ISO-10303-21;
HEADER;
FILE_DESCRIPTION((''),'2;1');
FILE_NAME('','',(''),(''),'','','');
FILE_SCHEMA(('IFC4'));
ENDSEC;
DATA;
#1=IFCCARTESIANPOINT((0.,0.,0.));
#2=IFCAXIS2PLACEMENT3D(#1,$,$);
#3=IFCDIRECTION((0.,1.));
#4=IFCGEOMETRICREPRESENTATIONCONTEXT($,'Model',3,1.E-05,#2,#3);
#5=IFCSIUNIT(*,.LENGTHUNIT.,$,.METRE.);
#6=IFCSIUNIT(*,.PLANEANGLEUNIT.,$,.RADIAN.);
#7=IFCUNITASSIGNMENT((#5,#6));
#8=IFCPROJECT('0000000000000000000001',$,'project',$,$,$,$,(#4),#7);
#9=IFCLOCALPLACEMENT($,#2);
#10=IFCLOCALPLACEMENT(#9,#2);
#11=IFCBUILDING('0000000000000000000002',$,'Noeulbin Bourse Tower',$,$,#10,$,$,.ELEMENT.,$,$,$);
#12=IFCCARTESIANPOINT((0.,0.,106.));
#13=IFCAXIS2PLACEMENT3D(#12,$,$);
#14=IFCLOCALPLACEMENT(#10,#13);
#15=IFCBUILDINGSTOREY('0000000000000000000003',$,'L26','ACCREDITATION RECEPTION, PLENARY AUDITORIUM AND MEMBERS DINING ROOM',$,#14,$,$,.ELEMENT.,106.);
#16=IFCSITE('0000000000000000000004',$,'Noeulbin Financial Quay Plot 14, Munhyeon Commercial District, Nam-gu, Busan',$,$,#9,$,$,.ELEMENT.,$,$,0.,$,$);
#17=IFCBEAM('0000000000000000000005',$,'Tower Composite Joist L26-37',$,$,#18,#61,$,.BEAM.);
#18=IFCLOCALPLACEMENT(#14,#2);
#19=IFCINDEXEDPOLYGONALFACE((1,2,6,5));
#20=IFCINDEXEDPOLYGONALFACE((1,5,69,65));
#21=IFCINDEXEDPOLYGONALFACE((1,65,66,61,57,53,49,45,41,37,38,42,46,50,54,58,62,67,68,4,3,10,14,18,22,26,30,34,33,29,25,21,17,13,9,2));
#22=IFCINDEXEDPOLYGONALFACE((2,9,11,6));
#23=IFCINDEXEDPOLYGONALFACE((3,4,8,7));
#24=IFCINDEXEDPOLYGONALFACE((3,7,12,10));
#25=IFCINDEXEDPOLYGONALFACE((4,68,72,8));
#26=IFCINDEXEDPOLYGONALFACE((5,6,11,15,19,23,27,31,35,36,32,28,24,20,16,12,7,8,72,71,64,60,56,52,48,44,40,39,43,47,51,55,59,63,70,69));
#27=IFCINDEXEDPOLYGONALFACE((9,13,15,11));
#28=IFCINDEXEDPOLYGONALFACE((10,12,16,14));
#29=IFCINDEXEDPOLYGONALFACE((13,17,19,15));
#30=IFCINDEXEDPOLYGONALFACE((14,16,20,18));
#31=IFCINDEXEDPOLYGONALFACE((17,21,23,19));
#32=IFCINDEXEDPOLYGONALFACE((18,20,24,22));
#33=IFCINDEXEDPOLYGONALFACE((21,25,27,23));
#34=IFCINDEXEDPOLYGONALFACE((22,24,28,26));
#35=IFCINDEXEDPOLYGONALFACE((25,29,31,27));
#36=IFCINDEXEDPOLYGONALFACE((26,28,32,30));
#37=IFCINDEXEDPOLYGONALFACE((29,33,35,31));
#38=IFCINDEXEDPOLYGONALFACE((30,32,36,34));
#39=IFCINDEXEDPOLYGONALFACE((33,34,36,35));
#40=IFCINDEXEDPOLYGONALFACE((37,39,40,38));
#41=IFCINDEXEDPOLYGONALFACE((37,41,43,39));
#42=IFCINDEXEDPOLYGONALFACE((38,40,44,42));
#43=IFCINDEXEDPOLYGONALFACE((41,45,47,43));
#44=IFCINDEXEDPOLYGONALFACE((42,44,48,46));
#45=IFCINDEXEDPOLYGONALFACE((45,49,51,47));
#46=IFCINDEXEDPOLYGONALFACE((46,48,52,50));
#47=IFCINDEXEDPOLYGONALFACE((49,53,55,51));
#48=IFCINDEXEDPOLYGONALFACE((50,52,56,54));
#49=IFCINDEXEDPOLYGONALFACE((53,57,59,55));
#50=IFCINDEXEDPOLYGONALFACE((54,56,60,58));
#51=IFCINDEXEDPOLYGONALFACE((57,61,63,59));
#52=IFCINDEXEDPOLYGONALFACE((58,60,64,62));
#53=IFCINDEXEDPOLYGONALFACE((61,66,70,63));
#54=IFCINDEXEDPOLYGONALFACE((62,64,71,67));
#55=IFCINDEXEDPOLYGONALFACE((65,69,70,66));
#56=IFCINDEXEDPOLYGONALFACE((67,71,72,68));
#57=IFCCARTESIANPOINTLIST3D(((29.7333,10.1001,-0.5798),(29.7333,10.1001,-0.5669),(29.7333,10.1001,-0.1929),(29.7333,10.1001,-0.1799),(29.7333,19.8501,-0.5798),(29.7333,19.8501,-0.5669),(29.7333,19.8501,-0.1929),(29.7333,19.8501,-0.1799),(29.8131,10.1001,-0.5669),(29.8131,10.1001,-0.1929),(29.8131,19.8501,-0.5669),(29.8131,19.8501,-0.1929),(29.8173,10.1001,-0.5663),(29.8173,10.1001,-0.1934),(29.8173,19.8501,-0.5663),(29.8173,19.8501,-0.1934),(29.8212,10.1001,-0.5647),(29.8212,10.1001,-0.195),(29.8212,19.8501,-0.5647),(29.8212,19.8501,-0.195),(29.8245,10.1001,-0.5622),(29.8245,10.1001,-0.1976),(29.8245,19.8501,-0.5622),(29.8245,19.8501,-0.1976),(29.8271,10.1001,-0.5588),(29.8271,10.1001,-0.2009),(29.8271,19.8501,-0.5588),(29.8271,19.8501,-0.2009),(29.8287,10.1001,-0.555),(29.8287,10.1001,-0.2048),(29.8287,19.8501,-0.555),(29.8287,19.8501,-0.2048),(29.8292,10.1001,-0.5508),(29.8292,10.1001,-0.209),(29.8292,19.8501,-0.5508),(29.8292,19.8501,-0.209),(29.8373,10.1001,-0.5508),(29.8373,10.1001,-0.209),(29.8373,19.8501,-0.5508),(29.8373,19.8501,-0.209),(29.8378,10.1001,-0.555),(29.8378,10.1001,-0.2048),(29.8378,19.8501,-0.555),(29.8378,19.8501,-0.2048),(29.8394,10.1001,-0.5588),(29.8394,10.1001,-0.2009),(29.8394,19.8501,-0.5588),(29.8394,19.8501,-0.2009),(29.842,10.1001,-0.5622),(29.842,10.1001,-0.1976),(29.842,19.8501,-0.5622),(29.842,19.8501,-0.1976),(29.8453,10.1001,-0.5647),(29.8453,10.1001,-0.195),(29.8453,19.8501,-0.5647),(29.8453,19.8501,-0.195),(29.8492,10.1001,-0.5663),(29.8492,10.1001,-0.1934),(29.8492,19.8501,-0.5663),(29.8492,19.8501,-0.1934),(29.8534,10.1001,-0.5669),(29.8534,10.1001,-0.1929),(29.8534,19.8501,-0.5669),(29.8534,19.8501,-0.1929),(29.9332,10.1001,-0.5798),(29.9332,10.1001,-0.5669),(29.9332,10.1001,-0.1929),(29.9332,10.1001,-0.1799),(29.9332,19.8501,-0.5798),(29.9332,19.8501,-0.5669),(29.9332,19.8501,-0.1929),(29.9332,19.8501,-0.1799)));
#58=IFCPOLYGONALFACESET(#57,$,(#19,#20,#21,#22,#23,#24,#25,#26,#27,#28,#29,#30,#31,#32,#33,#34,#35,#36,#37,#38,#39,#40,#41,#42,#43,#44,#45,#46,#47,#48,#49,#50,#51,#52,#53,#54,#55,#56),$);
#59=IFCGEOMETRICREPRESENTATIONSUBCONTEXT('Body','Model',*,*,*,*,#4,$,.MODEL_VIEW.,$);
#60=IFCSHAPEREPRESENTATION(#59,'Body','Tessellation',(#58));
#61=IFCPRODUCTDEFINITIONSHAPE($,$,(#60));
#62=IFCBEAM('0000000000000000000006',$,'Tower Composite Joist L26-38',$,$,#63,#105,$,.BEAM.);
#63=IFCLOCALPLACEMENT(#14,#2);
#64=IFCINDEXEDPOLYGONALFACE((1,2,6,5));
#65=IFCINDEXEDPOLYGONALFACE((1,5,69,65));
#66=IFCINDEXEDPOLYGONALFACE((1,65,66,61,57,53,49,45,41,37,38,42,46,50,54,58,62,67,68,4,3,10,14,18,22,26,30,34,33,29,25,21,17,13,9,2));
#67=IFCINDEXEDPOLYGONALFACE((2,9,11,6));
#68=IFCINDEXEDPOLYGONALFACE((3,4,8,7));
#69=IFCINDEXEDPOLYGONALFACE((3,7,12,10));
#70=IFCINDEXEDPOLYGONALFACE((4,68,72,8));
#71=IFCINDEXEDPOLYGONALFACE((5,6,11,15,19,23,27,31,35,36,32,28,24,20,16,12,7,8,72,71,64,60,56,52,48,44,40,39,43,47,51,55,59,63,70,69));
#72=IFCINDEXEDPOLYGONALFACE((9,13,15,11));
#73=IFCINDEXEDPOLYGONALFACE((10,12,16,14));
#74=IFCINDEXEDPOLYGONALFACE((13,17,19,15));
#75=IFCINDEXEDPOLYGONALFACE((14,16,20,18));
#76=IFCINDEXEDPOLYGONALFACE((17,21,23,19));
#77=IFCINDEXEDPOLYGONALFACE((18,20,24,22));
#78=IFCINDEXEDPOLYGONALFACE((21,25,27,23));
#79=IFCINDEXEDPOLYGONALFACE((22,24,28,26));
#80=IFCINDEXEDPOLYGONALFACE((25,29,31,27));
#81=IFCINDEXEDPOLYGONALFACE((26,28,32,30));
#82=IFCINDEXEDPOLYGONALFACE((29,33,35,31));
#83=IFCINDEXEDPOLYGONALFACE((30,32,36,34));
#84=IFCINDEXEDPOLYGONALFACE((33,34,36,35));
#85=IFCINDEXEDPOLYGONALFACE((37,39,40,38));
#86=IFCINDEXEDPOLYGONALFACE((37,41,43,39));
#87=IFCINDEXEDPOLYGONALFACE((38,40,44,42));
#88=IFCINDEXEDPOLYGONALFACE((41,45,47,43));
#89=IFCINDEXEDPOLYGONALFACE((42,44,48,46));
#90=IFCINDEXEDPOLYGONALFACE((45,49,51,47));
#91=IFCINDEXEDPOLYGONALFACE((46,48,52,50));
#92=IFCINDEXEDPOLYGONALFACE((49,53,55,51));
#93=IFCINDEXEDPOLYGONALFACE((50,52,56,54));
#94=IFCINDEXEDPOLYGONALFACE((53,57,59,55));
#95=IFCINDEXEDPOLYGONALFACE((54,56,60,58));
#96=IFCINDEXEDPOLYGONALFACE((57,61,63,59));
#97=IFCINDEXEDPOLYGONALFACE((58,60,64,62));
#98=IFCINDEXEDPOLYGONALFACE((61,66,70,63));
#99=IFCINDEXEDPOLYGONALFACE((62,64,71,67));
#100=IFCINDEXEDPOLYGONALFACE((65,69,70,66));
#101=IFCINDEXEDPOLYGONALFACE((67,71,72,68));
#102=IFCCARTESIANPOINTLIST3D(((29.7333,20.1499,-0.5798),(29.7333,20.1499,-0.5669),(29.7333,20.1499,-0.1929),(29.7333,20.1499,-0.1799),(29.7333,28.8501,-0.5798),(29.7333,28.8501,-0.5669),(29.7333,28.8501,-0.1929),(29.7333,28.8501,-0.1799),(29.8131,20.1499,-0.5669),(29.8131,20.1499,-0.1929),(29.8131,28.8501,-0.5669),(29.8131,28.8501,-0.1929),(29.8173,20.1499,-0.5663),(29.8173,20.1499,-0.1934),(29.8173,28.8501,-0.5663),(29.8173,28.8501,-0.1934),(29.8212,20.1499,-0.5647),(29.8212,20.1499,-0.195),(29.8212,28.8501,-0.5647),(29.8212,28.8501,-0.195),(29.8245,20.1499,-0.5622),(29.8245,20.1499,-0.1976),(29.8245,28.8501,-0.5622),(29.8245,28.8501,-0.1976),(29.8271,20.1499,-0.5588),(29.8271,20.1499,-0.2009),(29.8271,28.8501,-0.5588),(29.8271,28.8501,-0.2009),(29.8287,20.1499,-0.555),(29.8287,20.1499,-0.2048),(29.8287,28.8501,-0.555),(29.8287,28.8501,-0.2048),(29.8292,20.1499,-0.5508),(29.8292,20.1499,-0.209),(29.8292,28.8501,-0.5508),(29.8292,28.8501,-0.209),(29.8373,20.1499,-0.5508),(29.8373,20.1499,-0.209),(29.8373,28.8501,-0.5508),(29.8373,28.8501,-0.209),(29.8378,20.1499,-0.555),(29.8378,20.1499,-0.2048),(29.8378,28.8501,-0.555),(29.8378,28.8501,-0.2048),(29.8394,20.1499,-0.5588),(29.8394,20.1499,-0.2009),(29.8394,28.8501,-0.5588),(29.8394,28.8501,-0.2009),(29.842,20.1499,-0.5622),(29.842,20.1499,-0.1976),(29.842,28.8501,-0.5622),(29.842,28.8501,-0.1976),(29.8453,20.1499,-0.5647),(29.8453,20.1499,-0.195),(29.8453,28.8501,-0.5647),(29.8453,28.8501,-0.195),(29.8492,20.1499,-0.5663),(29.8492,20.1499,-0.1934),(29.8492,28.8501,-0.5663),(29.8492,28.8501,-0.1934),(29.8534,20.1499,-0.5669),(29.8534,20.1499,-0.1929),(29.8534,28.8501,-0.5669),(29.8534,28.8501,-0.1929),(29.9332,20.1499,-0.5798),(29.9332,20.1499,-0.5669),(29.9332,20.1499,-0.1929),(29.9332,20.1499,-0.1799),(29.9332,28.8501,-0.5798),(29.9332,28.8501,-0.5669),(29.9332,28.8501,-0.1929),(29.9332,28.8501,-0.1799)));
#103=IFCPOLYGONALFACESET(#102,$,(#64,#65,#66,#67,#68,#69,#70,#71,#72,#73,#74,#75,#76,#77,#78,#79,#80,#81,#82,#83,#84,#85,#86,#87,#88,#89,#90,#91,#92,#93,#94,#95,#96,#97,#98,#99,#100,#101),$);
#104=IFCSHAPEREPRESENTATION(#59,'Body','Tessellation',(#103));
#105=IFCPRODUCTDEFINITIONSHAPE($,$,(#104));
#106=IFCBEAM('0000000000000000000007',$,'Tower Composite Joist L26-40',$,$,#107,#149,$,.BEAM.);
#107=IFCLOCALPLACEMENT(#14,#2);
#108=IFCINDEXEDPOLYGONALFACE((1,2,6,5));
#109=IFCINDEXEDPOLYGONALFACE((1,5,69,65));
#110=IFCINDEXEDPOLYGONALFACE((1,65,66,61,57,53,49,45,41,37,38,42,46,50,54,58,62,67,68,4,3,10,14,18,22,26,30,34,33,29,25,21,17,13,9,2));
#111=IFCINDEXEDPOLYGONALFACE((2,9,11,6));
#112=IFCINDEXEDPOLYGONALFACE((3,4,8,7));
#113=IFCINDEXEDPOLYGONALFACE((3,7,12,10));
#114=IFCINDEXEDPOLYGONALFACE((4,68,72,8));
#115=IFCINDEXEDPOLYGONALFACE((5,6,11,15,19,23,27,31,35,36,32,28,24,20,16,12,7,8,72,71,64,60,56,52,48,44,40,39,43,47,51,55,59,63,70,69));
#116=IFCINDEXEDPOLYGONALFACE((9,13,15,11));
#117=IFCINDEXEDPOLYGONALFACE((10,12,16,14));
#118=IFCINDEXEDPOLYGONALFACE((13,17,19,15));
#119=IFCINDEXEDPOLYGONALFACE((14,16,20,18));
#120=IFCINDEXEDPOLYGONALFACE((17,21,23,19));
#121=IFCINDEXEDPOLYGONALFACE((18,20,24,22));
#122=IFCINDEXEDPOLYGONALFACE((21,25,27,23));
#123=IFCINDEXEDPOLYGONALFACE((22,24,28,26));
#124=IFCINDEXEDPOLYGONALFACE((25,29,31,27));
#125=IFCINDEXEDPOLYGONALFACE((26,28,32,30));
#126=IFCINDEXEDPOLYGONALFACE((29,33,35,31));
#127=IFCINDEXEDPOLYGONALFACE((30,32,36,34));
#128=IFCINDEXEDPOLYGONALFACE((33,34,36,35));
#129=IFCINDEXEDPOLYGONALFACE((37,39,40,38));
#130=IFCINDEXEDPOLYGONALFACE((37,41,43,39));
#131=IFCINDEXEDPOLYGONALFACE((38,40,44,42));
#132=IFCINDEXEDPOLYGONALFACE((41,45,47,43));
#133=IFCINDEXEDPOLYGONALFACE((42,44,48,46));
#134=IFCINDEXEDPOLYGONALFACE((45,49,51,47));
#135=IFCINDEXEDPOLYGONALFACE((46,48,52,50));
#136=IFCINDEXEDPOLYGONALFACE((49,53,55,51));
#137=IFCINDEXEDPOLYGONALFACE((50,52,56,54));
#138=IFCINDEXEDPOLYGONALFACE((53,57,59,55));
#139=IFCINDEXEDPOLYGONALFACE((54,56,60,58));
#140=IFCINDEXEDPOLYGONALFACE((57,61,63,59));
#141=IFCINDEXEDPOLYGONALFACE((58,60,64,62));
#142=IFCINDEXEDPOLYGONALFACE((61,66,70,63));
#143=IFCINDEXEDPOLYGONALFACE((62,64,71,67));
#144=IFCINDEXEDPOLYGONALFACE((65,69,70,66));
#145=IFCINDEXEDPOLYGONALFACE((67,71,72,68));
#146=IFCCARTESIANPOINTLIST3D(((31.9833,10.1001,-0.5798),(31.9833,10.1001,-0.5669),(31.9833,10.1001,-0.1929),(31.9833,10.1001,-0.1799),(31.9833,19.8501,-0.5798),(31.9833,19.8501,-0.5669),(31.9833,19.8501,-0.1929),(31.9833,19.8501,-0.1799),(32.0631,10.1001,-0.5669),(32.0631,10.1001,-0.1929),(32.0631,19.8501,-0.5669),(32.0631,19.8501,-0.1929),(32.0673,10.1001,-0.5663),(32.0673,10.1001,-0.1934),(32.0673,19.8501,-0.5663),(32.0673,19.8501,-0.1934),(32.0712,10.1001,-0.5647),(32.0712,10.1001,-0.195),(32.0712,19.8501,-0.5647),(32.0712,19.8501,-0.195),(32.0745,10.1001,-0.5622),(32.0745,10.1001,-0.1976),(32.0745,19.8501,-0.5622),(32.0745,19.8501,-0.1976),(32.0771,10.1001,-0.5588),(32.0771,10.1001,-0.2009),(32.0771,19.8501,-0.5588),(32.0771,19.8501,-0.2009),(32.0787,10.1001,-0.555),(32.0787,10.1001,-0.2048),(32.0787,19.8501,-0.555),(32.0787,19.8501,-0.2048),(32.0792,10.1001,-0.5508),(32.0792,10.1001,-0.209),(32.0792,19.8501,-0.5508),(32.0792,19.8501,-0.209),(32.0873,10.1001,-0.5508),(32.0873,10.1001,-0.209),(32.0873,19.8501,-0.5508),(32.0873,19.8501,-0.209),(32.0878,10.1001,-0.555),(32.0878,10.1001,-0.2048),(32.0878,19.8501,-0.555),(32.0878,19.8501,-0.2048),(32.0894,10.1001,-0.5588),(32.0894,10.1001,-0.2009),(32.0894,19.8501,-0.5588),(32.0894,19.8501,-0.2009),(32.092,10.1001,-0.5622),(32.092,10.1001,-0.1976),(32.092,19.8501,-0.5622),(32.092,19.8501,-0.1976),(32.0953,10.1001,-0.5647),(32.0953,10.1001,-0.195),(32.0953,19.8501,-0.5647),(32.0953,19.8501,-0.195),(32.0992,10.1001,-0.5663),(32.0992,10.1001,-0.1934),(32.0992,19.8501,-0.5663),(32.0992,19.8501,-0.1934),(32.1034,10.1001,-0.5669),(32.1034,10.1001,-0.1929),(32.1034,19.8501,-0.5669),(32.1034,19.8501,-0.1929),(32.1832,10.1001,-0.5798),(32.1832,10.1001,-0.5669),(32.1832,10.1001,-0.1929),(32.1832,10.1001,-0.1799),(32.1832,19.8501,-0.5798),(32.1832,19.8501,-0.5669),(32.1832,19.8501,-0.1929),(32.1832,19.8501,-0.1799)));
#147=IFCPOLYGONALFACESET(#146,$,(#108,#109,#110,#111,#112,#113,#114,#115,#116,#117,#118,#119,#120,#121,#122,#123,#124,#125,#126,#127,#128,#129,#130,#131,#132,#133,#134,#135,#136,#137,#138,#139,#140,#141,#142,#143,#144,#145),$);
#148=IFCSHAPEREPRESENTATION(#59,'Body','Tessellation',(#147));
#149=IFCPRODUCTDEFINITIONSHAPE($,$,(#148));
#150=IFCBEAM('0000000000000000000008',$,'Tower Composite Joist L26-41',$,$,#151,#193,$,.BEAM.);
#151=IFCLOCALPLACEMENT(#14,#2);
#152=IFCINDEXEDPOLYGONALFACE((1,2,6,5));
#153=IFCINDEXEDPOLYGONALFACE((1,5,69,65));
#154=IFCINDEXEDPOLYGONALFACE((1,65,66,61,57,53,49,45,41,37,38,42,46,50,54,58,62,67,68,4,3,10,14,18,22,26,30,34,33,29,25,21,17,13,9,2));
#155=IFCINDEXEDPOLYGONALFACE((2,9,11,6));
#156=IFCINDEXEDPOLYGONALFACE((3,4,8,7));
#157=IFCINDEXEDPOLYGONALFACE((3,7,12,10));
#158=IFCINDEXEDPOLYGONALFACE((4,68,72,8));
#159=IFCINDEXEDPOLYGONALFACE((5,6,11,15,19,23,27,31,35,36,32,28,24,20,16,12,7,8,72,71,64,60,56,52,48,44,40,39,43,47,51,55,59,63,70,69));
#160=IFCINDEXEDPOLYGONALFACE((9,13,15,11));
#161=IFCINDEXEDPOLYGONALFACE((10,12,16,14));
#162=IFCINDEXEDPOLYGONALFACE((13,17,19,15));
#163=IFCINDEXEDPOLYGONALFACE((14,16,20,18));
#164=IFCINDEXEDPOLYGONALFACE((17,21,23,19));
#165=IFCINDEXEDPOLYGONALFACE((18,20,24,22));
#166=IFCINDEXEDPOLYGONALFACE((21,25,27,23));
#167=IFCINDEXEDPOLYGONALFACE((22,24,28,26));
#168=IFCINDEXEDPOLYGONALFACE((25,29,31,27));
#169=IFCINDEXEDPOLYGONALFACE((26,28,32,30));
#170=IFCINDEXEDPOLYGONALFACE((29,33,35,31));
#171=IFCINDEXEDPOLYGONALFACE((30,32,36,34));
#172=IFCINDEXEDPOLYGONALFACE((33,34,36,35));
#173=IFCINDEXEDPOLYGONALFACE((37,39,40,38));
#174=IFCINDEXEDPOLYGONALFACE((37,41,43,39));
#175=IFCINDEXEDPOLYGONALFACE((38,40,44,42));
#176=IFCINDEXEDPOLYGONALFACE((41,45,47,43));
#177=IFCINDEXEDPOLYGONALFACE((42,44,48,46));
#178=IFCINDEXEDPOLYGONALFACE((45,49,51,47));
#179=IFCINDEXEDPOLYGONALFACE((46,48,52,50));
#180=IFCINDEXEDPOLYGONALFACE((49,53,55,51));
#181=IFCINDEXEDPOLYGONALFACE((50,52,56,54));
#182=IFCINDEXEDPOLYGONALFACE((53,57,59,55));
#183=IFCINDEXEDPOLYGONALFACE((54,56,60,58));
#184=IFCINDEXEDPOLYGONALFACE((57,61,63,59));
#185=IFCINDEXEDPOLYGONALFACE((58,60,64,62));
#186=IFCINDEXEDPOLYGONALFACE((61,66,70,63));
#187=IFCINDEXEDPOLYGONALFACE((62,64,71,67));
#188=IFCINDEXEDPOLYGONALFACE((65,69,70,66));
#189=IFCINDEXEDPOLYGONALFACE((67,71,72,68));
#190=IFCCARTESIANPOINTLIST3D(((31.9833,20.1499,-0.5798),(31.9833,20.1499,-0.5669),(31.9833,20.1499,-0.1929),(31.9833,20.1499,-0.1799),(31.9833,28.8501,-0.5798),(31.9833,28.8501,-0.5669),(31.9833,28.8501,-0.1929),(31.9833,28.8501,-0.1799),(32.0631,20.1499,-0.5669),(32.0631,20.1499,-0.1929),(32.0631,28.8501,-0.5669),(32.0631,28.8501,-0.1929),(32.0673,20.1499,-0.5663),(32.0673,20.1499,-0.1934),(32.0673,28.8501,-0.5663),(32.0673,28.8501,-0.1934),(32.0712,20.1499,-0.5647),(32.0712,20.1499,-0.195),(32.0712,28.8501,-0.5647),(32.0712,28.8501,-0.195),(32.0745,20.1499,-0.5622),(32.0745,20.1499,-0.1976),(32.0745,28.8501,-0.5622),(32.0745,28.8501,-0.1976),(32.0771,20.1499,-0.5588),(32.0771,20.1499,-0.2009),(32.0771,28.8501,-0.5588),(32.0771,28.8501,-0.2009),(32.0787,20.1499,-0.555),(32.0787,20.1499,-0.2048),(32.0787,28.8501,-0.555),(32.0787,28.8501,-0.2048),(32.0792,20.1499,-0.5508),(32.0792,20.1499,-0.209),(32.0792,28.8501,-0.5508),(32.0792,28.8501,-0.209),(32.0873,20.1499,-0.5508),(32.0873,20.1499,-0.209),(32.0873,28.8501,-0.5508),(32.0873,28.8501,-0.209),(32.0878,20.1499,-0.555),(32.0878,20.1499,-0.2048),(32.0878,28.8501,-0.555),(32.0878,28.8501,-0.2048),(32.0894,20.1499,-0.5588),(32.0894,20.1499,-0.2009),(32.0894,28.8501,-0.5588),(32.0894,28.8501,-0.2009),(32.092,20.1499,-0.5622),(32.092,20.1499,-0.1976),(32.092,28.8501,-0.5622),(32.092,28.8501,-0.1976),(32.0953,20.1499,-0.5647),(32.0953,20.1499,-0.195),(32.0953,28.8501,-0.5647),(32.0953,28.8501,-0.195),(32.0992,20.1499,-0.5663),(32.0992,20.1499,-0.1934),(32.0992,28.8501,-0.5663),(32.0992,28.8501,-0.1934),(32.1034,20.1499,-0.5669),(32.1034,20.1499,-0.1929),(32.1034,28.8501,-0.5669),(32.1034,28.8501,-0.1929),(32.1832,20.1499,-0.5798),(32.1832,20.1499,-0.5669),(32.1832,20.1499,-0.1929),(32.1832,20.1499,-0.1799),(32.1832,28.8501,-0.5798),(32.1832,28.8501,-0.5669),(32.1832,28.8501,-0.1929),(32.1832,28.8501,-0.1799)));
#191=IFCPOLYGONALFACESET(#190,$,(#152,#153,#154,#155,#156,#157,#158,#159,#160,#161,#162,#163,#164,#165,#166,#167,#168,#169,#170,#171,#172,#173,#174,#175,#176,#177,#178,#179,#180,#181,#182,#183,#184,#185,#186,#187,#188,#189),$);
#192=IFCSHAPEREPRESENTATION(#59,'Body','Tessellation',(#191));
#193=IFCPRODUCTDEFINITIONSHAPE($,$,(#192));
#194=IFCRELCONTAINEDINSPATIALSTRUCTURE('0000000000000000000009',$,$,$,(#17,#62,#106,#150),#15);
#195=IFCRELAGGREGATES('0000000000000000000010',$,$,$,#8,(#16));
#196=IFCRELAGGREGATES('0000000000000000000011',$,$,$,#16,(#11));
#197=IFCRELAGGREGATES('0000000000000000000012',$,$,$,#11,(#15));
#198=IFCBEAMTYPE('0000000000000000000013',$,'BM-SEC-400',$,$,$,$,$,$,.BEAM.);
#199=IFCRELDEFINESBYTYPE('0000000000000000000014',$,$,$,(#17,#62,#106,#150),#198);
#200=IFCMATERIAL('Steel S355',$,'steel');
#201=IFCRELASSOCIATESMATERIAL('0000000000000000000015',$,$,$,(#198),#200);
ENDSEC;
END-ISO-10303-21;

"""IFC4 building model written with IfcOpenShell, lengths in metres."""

from ifc_helpers import new_model, si_unit, direction, frame, origin, origin_2d, place, context, subcontext, project, spatial, i_section, extrude, material, material_profile, profile_set, type_object, element, save


model = new_model("IFC4")

# Units and contexts
model_context = context("Model", 3, precision=1e-05, world=origin(), true_north=direction((0.0, 1.0)))
body_context = subcontext(model_context, "Body", "Model", "MODEL_VIEW")
ifc_project = project(units=[si_unit("LENGTHUNIT", "METRE"), si_unit("PLANEANGLEUNIT", "RADIAN")], contexts=[model_context])

# Site, building, storey
site_placement = place(None, origin())
site = spatial("IfcSite", under=ifc_project, at=site_placement, Name="Noeulbin Financial Quay Plot 14, Munhyeon Commercial District, Nam-gu, Busan", CompositionType="ELEMENT", RefElevation=0.0)
building_placement = place(site_placement, origin())
building = spatial("IfcBuilding", under=site, at=building_placement, Name="Noeulbin Bourse Tower", CompositionType="ELEMENT")
storey_placement = place(building_placement, frame((0.0, 0.0, 106.0)))
storey = spatial("IfcBuildingStorey", under=building, at=storey_placement, Name="L26", Description="ACCREDITATION RECEPTION, PLENARY AUDITORIUM AND MEMBERS DINING ROOM", CompositionType="ELEMENT", Elevation=106.0)

# Beams
ifc_material_1 = material(Name="Steel S355", Category="steel")
ifc_material_profile_1 = material_profile(ifc_material_1, i_section(OverallWidth=0.2, OverallDepth=0.3999, WebThickness=0.0081, FlangeThickness=0.0129, FilletRadius=0.0161, at=origin_2d()), Name="H-400x200x8x13", Category="LoadBearing")
ifc_profile_set_1 = profile_set([ifc_material_profile_1], Name="Steel S355")
beam_type_1 = type_object("IfcBeamType", Name="BM-SEC-400", PredefinedType="BEAM", material=ifc_profile_set_1)
beam_1_placement = place(storey_placement, frame((29.8333, 10.1001, -0.3799), z_axis=(0.0, 1.0, 0.0), x_axis=(-1.0, 0.0, 0.0)))
element("IfcBeam", 1, at=beam_1_placement, inside=storey, type_object=beam_type_1, Name="Tower Composite Joist L26-37", PredefinedType="BEAM", context=body_context, shape_type="SweptSolid", body=[
    extrude(i_section(OverallWidth=0.2, OverallDepth=0.3999, WebThickness=0.0081, FlangeThickness=0.0129, FilletRadius=0.0161, at=origin_2d()), origin(), (0.0, 0.0, 1.0), 9.75),
])
beam_2_placement = place(storey_placement, frame((29.8333, 20.1499, -0.3799), z_axis=(0.0, 1.0, 0.0), x_axis=(-1.0, 0.0, 0.0)))
element("IfcBeam", 2, at=beam_2_placement, inside=storey, type_object=beam_type_1, Name="Tower Composite Joist L26-38", PredefinedType="BEAM", context=body_context, shape_type="SweptSolid", body=[
    extrude(i_section(OverallWidth=0.2, OverallDepth=0.3999, WebThickness=0.0081, FlangeThickness=0.0129, FilletRadius=0.0161, at=origin_2d()), origin(), (0.0, 0.0, 1.0), 8.7002),
])
beam_3_placement = place(storey_placement, frame((32.0833, 10.1001, -0.3799), z_axis=(0.0, 1.0, 0.0), x_axis=(-1.0, 0.0, 0.0)))
element("IfcBeam", 3, at=beam_3_placement, inside=storey, type_object=beam_type_1, Name="Tower Composite Joist L26-40", PredefinedType="BEAM", context=body_context, shape_type="SweptSolid", body=[
    extrude(i_section(OverallWidth=0.2, OverallDepth=0.3999, WebThickness=0.0081, FlangeThickness=0.0129, FilletRadius=0.0161, at=origin_2d()), origin(), (0.0, 0.0, 1.0), 9.75),
])
beam_4_placement = place(storey_placement, frame((32.0833, 20.1499, -0.3799), z_axis=(0.0, 1.0, 0.0), x_axis=(-1.0, 0.0, 0.0)))
element("IfcBeam", 4, at=beam_4_placement, inside=storey, type_object=beam_type_1, Name="Tower Composite Joist L26-41", PredefinedType="BEAM", context=body_context, shape_type="SweptSolid", body=[
    extrude(i_section(OverallWidth=0.2, OverallDepth=0.3999, WebThickness=0.0081, FlangeThickness=0.0129, FilletRadius=0.0161, at=origin_2d()), origin(), (0.0, 0.0, 1.0), 8.7002),
])

save(model, "model.ifc")
